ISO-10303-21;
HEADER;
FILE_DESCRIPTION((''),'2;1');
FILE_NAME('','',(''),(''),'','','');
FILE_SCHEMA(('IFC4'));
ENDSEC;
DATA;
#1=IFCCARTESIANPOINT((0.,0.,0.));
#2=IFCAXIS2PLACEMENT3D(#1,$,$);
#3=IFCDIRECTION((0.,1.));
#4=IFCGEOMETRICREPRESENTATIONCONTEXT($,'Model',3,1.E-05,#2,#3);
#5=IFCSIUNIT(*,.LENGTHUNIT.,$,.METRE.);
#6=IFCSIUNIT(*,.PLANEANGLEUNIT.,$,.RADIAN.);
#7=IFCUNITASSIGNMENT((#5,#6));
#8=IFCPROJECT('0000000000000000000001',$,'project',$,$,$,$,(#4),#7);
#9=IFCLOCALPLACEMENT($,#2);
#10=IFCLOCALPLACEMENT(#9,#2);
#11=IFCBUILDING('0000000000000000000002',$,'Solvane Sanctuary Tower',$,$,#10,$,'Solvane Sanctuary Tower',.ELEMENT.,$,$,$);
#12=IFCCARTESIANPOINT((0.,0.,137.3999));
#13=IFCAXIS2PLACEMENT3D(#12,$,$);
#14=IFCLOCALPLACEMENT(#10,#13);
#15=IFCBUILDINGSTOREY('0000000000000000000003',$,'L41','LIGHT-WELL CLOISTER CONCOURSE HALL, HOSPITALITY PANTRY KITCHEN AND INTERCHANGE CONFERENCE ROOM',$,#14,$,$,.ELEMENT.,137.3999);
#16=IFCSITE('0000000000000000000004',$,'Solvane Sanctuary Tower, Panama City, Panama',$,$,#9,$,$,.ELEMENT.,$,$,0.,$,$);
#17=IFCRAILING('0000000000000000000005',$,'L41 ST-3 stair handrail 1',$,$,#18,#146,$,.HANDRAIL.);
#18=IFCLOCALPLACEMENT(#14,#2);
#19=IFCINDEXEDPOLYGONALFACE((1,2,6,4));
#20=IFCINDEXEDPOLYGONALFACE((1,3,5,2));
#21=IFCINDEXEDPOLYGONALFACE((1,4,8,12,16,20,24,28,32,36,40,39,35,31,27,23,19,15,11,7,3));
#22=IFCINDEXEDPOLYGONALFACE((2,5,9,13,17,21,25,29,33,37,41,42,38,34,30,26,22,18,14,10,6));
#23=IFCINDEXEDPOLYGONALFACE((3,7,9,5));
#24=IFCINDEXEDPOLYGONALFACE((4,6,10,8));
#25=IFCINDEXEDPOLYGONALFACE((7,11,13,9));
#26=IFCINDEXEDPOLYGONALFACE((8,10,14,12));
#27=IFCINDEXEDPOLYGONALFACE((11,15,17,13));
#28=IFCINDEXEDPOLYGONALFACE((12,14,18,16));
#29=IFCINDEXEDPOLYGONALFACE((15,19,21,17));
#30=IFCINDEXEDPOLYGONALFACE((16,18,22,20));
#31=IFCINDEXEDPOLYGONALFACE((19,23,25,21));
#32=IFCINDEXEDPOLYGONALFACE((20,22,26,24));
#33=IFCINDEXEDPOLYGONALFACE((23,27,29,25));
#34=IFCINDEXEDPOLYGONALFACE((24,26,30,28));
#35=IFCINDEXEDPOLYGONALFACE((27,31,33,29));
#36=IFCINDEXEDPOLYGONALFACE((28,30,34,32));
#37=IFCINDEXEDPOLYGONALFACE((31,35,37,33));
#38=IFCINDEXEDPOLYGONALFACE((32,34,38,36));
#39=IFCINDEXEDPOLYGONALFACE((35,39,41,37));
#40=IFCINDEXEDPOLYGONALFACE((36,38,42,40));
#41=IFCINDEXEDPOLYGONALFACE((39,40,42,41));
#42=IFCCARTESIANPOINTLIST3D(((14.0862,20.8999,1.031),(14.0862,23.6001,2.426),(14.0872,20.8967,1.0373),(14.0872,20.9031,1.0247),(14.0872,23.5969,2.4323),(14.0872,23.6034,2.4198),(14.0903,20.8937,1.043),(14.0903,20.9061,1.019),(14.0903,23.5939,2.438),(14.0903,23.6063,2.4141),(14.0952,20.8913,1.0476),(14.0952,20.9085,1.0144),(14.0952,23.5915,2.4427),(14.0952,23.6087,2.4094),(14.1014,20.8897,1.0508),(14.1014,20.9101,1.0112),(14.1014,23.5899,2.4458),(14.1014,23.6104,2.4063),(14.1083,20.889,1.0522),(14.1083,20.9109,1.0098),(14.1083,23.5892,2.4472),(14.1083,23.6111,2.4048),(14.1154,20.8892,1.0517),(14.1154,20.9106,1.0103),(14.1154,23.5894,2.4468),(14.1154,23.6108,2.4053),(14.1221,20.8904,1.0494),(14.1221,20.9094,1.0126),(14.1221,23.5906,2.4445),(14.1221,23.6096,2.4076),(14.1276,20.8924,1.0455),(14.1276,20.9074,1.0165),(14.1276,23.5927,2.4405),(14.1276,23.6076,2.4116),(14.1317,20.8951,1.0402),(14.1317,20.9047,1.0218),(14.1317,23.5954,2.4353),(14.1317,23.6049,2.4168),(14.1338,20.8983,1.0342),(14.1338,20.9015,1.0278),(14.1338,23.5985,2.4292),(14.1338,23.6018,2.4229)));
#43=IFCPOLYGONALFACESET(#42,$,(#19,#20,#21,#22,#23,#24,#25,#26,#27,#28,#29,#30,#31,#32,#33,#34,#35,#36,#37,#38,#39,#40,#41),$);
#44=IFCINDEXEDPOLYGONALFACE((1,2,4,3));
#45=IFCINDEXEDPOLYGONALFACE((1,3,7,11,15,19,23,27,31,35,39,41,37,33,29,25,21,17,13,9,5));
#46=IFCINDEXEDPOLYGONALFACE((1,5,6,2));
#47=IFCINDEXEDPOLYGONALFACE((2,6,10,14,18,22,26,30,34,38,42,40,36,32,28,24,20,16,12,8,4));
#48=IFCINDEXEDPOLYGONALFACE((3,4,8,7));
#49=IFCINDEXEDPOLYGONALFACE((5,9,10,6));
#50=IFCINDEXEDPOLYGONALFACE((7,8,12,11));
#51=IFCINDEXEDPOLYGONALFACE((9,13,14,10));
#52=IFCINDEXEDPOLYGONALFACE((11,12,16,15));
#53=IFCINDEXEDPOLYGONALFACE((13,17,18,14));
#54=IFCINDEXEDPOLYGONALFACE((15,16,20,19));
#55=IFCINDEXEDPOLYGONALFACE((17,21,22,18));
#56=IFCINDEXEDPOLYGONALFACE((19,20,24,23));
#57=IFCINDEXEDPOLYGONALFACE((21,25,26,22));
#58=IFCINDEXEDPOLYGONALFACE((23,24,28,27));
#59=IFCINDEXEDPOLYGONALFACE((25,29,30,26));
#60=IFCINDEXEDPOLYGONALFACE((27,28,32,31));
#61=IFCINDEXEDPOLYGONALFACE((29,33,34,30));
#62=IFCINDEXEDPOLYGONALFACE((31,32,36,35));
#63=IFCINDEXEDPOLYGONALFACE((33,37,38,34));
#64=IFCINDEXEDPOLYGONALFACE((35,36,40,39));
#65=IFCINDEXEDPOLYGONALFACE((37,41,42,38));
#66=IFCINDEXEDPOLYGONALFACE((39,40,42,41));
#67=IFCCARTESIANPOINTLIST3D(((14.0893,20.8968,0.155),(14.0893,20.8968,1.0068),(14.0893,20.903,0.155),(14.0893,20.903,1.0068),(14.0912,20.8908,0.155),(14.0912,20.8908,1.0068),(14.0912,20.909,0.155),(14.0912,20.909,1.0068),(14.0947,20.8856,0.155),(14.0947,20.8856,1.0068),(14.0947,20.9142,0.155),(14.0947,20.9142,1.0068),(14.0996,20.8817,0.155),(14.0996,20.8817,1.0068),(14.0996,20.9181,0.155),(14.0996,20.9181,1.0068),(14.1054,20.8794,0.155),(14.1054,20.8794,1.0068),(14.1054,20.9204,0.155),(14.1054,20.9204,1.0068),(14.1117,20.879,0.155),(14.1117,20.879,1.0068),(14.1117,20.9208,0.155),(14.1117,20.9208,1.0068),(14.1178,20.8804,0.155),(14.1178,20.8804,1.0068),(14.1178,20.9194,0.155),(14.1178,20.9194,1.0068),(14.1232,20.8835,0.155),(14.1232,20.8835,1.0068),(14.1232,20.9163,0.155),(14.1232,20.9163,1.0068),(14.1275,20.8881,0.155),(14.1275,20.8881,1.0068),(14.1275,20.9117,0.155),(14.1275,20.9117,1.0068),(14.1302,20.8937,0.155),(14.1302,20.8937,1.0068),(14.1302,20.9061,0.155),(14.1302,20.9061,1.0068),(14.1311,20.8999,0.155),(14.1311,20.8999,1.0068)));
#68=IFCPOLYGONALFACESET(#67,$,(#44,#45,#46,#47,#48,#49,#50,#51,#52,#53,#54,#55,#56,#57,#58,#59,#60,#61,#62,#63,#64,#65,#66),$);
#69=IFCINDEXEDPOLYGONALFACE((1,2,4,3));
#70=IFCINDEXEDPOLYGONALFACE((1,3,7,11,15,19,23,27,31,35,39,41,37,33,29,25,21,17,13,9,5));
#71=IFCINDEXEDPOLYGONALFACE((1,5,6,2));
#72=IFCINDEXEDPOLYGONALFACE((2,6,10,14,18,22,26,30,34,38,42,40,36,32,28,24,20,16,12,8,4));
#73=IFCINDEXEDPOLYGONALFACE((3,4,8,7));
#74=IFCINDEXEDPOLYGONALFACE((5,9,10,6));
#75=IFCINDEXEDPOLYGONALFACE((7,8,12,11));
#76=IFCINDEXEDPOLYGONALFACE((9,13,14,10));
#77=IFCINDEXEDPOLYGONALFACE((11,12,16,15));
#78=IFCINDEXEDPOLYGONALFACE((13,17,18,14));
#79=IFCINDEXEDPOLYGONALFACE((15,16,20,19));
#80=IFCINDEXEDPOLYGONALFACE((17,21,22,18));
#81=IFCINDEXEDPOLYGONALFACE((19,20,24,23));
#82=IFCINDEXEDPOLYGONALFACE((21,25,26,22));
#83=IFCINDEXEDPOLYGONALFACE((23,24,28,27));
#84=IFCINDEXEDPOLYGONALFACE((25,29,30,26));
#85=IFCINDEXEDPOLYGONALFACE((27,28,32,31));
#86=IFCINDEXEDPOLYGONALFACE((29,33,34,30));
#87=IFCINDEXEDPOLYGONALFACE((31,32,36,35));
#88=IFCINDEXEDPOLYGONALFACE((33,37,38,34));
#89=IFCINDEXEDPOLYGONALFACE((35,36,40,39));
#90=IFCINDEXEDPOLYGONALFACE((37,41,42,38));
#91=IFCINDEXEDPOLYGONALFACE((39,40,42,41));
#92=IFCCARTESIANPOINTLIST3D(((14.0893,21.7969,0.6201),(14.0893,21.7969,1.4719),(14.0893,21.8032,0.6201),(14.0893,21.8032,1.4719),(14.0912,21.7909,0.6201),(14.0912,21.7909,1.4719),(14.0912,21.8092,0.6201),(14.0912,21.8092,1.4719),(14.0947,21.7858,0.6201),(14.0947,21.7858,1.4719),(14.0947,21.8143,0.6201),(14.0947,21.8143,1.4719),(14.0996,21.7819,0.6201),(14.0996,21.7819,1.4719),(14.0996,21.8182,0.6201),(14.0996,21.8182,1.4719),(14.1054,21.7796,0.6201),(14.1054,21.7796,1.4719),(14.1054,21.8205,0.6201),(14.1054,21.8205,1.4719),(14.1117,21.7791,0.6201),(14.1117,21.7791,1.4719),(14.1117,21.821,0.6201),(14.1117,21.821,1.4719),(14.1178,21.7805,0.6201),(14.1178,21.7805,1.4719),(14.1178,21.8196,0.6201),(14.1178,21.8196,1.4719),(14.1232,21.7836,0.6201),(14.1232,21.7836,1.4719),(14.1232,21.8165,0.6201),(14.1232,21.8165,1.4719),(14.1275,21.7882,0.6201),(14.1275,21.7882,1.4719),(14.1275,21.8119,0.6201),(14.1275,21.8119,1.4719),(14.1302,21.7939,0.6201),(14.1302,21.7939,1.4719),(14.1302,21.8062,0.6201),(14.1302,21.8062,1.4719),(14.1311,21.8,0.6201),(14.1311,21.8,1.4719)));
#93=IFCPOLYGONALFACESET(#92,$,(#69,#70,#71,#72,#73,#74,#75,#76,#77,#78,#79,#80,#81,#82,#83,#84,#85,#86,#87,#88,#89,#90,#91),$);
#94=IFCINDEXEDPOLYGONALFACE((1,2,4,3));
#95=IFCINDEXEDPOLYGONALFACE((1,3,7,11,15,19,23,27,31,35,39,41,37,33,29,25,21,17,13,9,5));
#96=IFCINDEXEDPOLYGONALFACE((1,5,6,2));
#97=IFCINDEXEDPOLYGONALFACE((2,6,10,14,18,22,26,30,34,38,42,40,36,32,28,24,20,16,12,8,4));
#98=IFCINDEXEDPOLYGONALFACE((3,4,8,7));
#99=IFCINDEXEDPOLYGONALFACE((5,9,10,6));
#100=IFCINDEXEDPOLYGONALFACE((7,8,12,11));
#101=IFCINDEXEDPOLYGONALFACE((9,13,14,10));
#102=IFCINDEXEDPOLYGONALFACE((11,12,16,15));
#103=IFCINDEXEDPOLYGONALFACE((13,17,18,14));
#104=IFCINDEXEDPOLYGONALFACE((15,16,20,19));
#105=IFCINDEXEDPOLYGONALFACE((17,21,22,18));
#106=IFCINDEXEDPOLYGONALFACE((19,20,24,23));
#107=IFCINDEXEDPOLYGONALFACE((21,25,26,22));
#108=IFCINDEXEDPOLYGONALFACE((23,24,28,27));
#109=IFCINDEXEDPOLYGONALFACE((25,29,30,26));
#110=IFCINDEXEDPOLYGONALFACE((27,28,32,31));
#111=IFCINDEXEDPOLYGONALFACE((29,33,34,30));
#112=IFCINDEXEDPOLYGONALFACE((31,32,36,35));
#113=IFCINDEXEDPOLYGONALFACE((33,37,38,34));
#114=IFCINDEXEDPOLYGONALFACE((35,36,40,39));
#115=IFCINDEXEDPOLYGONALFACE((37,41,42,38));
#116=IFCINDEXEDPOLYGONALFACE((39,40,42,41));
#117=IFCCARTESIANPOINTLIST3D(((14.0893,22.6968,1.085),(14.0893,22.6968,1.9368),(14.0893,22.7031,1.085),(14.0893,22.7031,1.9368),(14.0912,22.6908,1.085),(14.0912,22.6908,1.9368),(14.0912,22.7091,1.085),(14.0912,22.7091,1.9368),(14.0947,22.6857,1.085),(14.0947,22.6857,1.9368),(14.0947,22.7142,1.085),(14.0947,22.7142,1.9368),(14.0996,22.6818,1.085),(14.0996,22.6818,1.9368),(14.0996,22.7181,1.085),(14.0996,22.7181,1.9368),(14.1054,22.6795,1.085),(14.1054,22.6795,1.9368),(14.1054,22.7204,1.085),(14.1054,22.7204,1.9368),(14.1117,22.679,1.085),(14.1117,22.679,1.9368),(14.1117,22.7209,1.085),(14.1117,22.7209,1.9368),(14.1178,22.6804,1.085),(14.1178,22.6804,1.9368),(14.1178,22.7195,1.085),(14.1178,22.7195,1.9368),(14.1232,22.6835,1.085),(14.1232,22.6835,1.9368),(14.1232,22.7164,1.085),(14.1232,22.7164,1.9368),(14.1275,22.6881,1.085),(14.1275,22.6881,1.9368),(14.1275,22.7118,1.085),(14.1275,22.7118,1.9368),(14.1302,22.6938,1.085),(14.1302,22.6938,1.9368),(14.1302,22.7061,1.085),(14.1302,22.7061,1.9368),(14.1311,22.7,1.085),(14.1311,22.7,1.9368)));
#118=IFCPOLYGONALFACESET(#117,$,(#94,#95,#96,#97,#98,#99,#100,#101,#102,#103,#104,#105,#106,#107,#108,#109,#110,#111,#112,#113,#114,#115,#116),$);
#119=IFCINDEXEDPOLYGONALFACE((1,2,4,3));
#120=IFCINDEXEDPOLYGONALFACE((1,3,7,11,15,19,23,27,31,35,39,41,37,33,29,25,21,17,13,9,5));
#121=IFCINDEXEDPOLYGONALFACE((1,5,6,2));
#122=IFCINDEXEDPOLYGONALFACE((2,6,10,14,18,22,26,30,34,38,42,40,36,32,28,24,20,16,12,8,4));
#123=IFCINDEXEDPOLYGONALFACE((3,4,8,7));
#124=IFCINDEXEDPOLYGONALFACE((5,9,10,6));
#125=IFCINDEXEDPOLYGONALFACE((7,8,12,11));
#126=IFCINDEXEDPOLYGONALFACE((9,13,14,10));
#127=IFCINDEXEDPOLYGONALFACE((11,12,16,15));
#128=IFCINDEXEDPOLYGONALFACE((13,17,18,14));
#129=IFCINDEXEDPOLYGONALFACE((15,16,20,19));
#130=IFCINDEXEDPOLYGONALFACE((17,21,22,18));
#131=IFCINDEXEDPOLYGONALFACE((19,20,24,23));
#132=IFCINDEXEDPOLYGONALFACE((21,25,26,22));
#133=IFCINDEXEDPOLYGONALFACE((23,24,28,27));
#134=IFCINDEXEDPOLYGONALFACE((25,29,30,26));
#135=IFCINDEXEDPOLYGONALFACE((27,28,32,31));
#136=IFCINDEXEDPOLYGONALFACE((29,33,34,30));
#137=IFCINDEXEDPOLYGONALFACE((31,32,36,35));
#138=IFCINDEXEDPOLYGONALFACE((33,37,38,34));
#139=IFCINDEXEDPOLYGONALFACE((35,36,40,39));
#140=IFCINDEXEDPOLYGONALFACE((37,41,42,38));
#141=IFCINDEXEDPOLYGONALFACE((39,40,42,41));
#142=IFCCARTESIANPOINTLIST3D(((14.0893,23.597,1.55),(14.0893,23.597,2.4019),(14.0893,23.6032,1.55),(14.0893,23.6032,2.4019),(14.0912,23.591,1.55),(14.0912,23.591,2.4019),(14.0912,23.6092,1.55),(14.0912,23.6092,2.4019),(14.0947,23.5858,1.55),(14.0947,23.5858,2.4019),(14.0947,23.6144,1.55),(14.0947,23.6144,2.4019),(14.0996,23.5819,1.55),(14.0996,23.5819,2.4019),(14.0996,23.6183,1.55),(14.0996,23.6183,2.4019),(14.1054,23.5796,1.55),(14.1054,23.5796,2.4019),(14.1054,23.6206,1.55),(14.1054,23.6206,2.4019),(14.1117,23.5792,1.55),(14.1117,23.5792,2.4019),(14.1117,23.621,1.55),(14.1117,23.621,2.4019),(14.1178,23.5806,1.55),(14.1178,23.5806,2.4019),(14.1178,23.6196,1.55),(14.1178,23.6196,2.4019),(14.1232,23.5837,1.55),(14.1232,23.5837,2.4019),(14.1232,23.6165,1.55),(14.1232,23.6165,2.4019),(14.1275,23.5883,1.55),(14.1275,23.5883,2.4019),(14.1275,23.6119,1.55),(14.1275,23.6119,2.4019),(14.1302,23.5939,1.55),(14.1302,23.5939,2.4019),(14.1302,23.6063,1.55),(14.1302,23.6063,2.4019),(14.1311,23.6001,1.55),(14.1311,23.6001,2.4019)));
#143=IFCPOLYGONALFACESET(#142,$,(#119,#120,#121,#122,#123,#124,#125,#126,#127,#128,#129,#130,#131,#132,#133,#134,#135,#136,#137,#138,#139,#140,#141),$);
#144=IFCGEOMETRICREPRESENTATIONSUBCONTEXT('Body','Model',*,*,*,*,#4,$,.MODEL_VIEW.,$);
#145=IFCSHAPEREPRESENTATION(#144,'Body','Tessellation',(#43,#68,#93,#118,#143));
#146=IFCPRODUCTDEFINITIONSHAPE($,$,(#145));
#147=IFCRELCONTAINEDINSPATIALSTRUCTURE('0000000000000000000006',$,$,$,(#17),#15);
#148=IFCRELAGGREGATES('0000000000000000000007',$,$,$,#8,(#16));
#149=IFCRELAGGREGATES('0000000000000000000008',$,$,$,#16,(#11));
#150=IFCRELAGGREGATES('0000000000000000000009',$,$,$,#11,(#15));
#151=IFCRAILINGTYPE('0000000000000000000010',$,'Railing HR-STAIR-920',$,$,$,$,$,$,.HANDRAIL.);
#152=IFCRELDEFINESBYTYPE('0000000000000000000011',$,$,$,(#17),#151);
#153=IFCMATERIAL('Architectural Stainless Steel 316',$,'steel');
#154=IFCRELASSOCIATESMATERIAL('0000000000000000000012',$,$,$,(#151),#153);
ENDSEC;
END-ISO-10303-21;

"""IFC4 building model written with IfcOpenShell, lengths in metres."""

from ifc_helpers import new_model, si_unit, direction, frame, origin, origin_2d, place, context, subcontext, project, spatial, circle, extrude, material, type_object, element, save


model = new_model("IFC4")

# Units and contexts
model_context = context("Model", 3, precision=1e-05, world=origin(), true_north=direction((0.0, 1.0)))
body_context = subcontext(model_context, "Body", "Model", "MODEL_VIEW")
ifc_project = project(units=[si_unit("LENGTHUNIT", "METRE"), si_unit("PLANEANGLEUNIT", "RADIAN")], contexts=[model_context])

# Site, building, storey
site_placement = place(None, origin())
site = spatial("IfcSite", under=ifc_project, at=site_placement, Name="Solvane Sanctuary Tower, Panama City, Panama", CompositionType="ELEMENT", RefElevation=0.0)
building_placement = place(site_placement, origin())
building = spatial("IfcBuilding", under=site, at=building_placement, Name="Solvane Sanctuary Tower", LongName="Solvane Sanctuary Tower", CompositionType="ELEMENT")
storey_placement = place(building_placement, frame((0.0, 0.0, 137.3999)))
storey = spatial("IfcBuildingStorey", under=building, at=storey_placement, Name="L41", Description="LIGHT-WELL CLOISTER CONCOURSE HALL, HOSPITALITY PANTRY KITCHEN AND INTERCHANGE CONFERENCE ROOM", CompositionType="ELEMENT", Elevation=137.3999)

# Shared definitions
ifc_material_1 = material(Name="Architectural Stainless Steel 316", Category="steel")

# Railing
railing_type_1 = type_object("IfcRailingType", Name="Railing HR-STAIR-920", PredefinedType="HANDRAIL", material=ifc_material_1)
railing_1_placement = place(storey_placement, frame((14.1101, 20.8999, 0.155)))
element("IfcRailing", 1, at=railing_1_placement, inside=storey, type_object=railing_type_1, Name="L41 ST-3 stair handrail 1", PredefinedType="HANDRAIL", context=body_context, shape_type="SweptSolid", body=[
    extrude(circle(Radius=0.0239, at=origin_2d()), frame((0.0, 0.0, 0.876), z_axis=(0.0, 0.888437, 0.458999), x_axis=(-1.0, 0.0, 0.0)), (0.0, 0.0, 1.0), 3.0393),
    extrude(circle(Radius=0.021, at=origin_2d()), origin(), (0.0, 0.0, 1.0), 0.8518),
    extrude(circle(Radius=0.021, at=origin_2d()), frame((0.0, 0.9001, 0.4651)), (0.0, 0.0, 1.0), 0.8518),
    extrude(circle(Radius=0.021, at=origin_2d()), frame((0.0, 1.8, 0.9299)), (0.0, 0.0, 1.0), 0.8518),
    extrude(circle(Radius=0.021, at=origin_2d()), frame((0.0, 2.7002, 1.395)), (0.0, 0.0, 1.0), 0.8518),
])

save(model, "model.ifc")
